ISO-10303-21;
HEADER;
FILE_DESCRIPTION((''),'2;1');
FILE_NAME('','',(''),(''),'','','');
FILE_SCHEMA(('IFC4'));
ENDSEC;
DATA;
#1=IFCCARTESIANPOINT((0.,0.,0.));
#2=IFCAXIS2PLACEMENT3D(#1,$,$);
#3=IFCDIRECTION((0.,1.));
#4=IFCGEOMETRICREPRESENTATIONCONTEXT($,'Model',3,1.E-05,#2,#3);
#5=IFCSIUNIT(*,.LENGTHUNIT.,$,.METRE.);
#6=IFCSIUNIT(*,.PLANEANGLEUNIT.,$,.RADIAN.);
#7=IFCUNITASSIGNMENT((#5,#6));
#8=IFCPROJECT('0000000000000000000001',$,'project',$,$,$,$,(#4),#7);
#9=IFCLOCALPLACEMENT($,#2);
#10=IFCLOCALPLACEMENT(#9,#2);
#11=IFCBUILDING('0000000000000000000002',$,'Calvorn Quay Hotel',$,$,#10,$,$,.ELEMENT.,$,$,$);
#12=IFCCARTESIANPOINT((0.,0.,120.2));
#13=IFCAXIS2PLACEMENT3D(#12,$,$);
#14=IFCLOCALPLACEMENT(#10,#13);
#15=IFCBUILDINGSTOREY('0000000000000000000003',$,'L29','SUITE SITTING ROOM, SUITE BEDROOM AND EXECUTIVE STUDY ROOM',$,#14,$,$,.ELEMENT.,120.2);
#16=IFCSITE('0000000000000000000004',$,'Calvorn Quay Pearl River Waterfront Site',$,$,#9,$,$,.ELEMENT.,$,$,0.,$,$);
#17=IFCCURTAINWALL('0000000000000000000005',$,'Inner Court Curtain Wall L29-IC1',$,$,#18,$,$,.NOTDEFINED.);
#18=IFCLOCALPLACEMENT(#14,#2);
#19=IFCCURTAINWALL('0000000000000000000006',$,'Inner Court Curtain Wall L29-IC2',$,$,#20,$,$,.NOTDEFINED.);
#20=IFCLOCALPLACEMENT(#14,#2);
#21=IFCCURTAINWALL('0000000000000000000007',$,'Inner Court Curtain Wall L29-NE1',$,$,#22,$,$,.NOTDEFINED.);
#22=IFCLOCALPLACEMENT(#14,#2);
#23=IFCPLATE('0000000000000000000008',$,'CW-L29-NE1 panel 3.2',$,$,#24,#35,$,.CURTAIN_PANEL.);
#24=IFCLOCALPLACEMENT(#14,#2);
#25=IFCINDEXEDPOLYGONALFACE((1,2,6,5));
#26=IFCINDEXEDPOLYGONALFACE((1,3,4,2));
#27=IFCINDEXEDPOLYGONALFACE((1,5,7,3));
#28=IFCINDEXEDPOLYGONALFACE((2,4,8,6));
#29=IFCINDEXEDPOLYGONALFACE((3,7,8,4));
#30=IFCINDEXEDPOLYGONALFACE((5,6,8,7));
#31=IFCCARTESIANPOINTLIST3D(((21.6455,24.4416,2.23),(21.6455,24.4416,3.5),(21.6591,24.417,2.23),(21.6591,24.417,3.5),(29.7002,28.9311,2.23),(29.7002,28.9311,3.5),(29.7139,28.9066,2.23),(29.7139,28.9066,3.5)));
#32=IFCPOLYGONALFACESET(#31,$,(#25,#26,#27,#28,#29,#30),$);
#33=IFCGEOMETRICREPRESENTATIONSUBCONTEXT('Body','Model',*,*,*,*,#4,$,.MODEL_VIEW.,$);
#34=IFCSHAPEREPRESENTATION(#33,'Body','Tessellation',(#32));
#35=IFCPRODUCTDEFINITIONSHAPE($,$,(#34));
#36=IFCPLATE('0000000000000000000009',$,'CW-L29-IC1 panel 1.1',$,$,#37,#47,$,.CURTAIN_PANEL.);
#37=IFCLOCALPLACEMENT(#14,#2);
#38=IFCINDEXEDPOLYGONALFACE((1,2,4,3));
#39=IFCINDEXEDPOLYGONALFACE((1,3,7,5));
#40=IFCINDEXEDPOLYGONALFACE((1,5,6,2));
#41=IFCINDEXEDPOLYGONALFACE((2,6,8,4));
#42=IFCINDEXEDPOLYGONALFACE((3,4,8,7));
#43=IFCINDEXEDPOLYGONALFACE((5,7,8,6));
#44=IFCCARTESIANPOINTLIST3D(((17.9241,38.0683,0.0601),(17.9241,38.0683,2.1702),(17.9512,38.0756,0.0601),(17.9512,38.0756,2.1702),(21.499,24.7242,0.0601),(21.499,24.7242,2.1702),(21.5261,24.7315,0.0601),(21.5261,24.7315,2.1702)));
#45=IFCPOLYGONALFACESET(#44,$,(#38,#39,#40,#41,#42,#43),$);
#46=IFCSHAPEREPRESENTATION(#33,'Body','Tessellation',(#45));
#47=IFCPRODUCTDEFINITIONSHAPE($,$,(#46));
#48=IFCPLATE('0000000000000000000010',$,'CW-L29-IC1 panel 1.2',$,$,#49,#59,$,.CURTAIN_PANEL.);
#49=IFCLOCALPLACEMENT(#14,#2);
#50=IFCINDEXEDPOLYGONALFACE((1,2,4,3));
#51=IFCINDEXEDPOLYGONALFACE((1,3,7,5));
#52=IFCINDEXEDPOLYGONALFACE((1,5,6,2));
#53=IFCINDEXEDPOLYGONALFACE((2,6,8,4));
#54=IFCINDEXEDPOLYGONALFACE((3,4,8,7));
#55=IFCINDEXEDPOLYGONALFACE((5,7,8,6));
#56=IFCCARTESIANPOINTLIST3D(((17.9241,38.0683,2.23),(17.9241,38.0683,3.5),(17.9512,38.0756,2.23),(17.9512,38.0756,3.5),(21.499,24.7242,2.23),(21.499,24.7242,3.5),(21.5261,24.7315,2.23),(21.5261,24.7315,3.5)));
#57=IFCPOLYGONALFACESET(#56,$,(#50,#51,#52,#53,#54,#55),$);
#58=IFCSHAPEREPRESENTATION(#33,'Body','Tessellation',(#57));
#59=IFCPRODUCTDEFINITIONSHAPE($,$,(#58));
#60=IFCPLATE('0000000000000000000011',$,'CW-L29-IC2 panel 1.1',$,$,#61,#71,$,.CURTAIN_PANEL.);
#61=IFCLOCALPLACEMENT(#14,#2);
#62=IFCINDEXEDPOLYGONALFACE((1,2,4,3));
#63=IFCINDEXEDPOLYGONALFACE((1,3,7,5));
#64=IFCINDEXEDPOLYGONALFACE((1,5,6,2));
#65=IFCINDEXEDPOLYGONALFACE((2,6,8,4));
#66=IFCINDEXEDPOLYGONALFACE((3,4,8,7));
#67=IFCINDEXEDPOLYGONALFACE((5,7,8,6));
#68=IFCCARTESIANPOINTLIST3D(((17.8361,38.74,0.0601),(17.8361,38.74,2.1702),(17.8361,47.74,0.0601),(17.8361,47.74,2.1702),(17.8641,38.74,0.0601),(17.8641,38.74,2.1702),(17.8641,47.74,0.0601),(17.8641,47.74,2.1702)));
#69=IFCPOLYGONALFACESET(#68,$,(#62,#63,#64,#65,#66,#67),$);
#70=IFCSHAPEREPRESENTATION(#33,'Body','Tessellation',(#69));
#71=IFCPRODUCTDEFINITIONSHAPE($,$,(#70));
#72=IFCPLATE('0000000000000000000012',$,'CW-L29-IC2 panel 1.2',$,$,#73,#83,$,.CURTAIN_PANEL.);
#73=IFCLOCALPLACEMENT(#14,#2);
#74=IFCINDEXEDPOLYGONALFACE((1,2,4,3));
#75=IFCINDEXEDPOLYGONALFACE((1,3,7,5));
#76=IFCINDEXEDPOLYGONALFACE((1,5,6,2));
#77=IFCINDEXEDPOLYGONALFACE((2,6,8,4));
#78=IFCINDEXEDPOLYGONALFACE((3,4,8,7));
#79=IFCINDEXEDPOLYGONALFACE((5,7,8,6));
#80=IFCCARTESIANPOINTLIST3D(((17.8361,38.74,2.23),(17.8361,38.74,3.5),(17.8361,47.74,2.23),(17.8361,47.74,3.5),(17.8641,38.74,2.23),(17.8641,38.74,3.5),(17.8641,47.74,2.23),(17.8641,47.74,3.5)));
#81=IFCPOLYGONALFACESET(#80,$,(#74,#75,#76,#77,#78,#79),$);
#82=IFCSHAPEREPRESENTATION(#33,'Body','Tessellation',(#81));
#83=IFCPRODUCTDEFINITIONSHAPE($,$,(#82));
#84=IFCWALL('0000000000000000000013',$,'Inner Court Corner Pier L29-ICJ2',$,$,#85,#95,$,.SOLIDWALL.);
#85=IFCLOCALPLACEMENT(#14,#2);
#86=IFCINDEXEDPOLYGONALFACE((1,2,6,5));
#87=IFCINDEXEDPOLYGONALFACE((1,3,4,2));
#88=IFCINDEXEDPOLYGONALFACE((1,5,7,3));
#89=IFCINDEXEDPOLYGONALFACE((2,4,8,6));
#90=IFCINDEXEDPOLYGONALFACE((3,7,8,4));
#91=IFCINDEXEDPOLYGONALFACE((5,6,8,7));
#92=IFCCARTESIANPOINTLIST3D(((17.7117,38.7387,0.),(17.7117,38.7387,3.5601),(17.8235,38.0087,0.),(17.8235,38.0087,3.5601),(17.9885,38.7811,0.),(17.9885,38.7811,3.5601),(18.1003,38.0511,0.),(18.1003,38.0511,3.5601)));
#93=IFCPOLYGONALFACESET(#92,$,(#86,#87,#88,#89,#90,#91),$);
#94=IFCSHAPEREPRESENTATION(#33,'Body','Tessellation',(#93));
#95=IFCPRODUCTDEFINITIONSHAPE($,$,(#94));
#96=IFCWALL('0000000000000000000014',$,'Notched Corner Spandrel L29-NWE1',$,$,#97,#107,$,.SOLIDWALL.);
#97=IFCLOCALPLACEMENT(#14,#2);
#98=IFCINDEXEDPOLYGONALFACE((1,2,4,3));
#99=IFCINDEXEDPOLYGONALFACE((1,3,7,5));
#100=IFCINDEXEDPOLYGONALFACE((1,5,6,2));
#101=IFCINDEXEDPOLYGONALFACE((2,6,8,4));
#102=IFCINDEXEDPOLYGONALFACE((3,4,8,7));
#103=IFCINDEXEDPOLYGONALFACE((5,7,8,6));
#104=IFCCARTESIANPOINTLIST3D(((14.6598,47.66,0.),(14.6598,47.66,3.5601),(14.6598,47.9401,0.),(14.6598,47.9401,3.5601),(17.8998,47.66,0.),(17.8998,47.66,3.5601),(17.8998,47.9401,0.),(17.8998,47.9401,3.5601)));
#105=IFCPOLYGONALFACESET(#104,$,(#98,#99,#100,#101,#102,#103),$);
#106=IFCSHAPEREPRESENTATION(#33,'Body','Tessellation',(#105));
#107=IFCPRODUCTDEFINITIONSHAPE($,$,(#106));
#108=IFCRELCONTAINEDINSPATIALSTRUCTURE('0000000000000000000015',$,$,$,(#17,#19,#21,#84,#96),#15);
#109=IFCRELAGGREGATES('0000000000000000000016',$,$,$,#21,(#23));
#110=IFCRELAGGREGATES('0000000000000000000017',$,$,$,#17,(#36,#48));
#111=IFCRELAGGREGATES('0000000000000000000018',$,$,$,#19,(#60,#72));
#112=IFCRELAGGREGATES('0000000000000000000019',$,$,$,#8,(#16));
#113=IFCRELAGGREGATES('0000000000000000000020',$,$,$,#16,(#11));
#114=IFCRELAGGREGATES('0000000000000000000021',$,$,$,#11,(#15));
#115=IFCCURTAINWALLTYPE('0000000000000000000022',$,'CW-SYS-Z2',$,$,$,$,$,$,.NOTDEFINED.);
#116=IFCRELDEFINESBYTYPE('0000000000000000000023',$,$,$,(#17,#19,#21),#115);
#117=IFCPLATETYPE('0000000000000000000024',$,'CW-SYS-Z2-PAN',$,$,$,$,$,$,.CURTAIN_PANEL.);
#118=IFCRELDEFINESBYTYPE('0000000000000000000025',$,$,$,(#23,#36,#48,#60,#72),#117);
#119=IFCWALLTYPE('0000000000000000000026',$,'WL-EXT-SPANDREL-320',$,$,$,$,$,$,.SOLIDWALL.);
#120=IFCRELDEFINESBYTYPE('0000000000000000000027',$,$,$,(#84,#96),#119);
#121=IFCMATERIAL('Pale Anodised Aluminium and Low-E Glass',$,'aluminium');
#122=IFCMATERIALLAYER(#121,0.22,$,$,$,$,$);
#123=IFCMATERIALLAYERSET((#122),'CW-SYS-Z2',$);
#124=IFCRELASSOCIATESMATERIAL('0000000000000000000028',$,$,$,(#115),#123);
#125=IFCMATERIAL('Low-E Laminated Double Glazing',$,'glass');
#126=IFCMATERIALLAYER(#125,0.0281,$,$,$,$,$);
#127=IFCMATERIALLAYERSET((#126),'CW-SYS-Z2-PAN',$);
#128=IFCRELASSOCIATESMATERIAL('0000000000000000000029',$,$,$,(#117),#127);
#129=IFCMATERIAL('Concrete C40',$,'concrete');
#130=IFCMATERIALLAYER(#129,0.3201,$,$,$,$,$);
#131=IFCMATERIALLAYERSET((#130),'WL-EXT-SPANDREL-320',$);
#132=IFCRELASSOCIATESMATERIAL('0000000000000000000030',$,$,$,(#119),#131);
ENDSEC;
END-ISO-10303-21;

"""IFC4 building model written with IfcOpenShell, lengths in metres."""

from ifc_helpers import new_model, si_unit, direction, frame, frame_2d, origin, origin_2d, place, context, subcontext, project, spatial, rectangle, extrude, material, layer, layer_set, type_object, element, aggregate, save


model = new_model("IFC4")

# Units and contexts
model_context = context("Model", 3, precision=1e-05, world=origin(), true_north=direction((0.0, 1.0)))
body_context = subcontext(model_context, "Body", "Model", "MODEL_VIEW")
ifc_project = project(units=[si_unit("LENGTHUNIT", "METRE"), si_unit("PLANEANGLEUNIT", "RADIAN")], contexts=[model_context])

# Site, building, storey
site_placement = place(None, origin())
site = spatial("IfcSite", under=ifc_project, at=site_placement, Name="Calvorn Quay Pearl River Waterfront Site", CompositionType="ELEMENT", RefElevation=0.0)
building_placement = place(site_placement, origin())
building = spatial("IfcBuilding", under=site, at=building_placement, Name="Calvorn Quay Hotel", CompositionType="ELEMENT")
storey_placement = place(building_placement, frame((0.0, 0.0, 120.2)))
storey = spatial("IfcBuildingStorey", under=building, at=storey_placement, Name="L29", Description="SUITE SITTING ROOM, SUITE BEDROOM AND EXECUTIVE STUDY ROOM", CompositionType="ELEMENT", Elevation=120.2)

# Curtain wall
ifc_material_1 = material(Name="Pale Anodised Aluminium and Low-E Glass", Category="aluminium")
ifc_layer_1 = layer(ifc_material_1, 0.22)
ifc_layer_set_1 = layer_set([ifc_layer_1], Name="CW-SYS-Z2")
curtain_wall_type = type_object("IfcCurtainWallType", Name="CW-SYS-Z2", PredefinedType="NOTDEFINED", material=ifc_layer_set_1)
curtain_wall_1_placement = place(storey_placement, origin())
curtain_wall_1 = element("IfcCurtainWall", 1, at=curtain_wall_1_placement, inside=storey, type_object=curtain_wall_type, Name="Inner Court Curtain Wall L29-IC1", PredefinedType="NOTDEFINED")

# Curtain wall
curtain_wall_2_placement = place(storey_placement, origin())
curtain_wall_2 = element("IfcCurtainWall", 2, at=curtain_wall_2_placement, inside=storey, type_object=curtain_wall_type, Name="Inner Court Curtain Wall L29-IC2", PredefinedType="NOTDEFINED")

# Curtain wall, plate
curtain_wall_3_placement = place(storey_placement, origin())
curtain_wall_3 = element("IfcCurtainWall", 3, at=curtain_wall_3_placement, inside=storey, type_object=curtain_wall_type, Name="Inner Court Curtain Wall L29-NE1", PredefinedType="NOTDEFINED")
ifc_material_2 = material(Name="Low-E Laminated Double Glazing", Category="glass")
ifc_layer_2 = layer(ifc_material_2, 0.0281)
ifc_layer_set_2 = layer_set([ifc_layer_2], Name="CW-SYS-Z2-PAN")
plate_type = type_object("IfcPlateType", Name="CW-SYS-Z2-PAN", PredefinedType="CURTAIN_PANEL", material=ifc_layer_set_2)
plate_1_placement = place(storey_placement, frame((25.6797, 26.6741, 2.23), z_axis=(0.0, 0.0, 1.0), x_axis=(-0.873481, -0.486858, 0.0)))
plate_1 = element("IfcPlate", 4, at=plate_1_placement, type_object=plate_type, Name="CW-L29-NE1 panel 3.2", PredefinedType="CURTAIN_PANEL", context=body_context, shape_type="SweptSolid", body=[
    extrude(rectangle(XDim=9.2214, YDim=0.0281, at=origin_2d()), origin(), (0.0, 0.0, 1.0), 1.27),
])
aggregate(curtain_wall_3, [plate_1])

# Plates
plate_2_placement = place(storey_placement, frame((19.7251, 31.3999, 0.0601), z_axis=(0.0, 0.0, 1.0), x_axis=(-0.258779, 0.965937, 0.0)))
plate_2 = element("IfcPlate", 5, at=plate_2_placement, type_object=plate_type, Name="CW-L29-IC1 panel 1.1", PredefinedType="CURTAIN_PANEL", context=body_context, shape_type="SweptSolid", body=[
    extrude(rectangle(XDim=13.8147, YDim=0.0281, at=origin_2d()), origin(), (0.0, 0.0, 1.0), 2.1101),
])
plate_3_placement = place(storey_placement, frame((19.7251, 31.3999, 2.23), z_axis=(0.0, 0.0, 1.0), x_axis=(-0.258779, 0.965937, 0.0)))
plate_3 = element("IfcPlate", 6, at=plate_3_placement, type_object=plate_type, Name="CW-L29-IC1 panel 1.2", PredefinedType="CURTAIN_PANEL", context=body_context, shape_type="SweptSolid", body=[
    extrude(rectangle(XDim=13.8147, YDim=0.0281, at=origin_2d()), origin(), (0.0, 0.0, 1.0), 1.27),
])
aggregate(curtain_wall_1, [plate_2, plate_3])
plate_4_placement = place(storey_placement, frame((17.8501, 43.24, 0.0601), z_axis=(0.0, 0.0, 1.0), x_axis=(0.0, 1.0, 0.0)))
plate_4 = element("IfcPlate", 7, at=plate_4_placement, type_object=plate_type, Name="CW-L29-IC2 panel 1.1", PredefinedType="CURTAIN_PANEL", context=body_context, shape_type="SweptSolid", body=[
    extrude(rectangle(XDim=9.0, YDim=0.0281, at=origin_2d()), origin(), (0.0, 0.0, 1.0), 2.1101),
])
plate_5_placement = place(storey_placement, frame((17.8501, 43.24, 2.23), z_axis=(0.0, 0.0, 1.0), x_axis=(0.0, 1.0, 0.0)))
plate_5 = element("IfcPlate", 8, at=plate_5_placement, type_object=plate_type, Name="CW-L29-IC2 panel 1.2", PredefinedType="CURTAIN_PANEL", context=body_context, shape_type="SweptSolid", body=[
    extrude(rectangle(XDim=9.0, YDim=0.0281, at=origin_2d()), origin(), (0.0, 0.0, 1.0), 1.27),
])
aggregate(curtain_wall_2, [plate_4, plate_5])

# Walls
ifc_material_3 = material(Name="Concrete C40", Category="concrete")
ifc_layer_3 = layer(ifc_material_3, 0.3201)
ifc_layer_set_3 = layer_set([ifc_layer_3], Name="WL-EXT-SPANDREL-320")
wall_type = type_object("IfcWallType", Name="WL-EXT-SPANDREL-320", PredefinedType="SOLIDWALL", material=ifc_layer_set_3)
wall_1_placement = place(storey_placement, frame((17.9619, 38.03, 0.0), z_axis=(0.0, 0.0, 1.0), x_axis=(-0.151411, 0.988471, 0.0)))
element("IfcWall", 9, at=wall_1_placement, inside=storey, type_object=wall_type, Name="Inner Court Corner Pier L29-ICJ2", PredefinedType="SOLIDWALL", context=body_context, shape_type="SweptSolid", body=[
    extrude(rectangle(XDim=0.7385, YDim=0.28, at=frame_2d((0.3691, 0.0))), origin(), (0.0, 0.0, 1.0), 3.5601),
])
wall_2_placement = place(storey_placement, frame((17.8999, 47.8, 0.0), z_axis=(0.0, 0.0, 1.0), x_axis=(-1.0, 0.0, 0.0)))
element("IfcWall", 10, at=wall_2_placement, inside=storey, type_object=wall_type, Name="Notched Corner Spandrel L29-NWE1", PredefinedType="SOLIDWALL", context=body_context, shape_type="SweptSolid", body=[
    extrude(rectangle(XDim=3.24, YDim=0.28, at=frame_2d((1.6201, 0.0))), origin(), (0.0, 0.0, 1.0), 3.5601),
])

save(model, "model.ifc")
